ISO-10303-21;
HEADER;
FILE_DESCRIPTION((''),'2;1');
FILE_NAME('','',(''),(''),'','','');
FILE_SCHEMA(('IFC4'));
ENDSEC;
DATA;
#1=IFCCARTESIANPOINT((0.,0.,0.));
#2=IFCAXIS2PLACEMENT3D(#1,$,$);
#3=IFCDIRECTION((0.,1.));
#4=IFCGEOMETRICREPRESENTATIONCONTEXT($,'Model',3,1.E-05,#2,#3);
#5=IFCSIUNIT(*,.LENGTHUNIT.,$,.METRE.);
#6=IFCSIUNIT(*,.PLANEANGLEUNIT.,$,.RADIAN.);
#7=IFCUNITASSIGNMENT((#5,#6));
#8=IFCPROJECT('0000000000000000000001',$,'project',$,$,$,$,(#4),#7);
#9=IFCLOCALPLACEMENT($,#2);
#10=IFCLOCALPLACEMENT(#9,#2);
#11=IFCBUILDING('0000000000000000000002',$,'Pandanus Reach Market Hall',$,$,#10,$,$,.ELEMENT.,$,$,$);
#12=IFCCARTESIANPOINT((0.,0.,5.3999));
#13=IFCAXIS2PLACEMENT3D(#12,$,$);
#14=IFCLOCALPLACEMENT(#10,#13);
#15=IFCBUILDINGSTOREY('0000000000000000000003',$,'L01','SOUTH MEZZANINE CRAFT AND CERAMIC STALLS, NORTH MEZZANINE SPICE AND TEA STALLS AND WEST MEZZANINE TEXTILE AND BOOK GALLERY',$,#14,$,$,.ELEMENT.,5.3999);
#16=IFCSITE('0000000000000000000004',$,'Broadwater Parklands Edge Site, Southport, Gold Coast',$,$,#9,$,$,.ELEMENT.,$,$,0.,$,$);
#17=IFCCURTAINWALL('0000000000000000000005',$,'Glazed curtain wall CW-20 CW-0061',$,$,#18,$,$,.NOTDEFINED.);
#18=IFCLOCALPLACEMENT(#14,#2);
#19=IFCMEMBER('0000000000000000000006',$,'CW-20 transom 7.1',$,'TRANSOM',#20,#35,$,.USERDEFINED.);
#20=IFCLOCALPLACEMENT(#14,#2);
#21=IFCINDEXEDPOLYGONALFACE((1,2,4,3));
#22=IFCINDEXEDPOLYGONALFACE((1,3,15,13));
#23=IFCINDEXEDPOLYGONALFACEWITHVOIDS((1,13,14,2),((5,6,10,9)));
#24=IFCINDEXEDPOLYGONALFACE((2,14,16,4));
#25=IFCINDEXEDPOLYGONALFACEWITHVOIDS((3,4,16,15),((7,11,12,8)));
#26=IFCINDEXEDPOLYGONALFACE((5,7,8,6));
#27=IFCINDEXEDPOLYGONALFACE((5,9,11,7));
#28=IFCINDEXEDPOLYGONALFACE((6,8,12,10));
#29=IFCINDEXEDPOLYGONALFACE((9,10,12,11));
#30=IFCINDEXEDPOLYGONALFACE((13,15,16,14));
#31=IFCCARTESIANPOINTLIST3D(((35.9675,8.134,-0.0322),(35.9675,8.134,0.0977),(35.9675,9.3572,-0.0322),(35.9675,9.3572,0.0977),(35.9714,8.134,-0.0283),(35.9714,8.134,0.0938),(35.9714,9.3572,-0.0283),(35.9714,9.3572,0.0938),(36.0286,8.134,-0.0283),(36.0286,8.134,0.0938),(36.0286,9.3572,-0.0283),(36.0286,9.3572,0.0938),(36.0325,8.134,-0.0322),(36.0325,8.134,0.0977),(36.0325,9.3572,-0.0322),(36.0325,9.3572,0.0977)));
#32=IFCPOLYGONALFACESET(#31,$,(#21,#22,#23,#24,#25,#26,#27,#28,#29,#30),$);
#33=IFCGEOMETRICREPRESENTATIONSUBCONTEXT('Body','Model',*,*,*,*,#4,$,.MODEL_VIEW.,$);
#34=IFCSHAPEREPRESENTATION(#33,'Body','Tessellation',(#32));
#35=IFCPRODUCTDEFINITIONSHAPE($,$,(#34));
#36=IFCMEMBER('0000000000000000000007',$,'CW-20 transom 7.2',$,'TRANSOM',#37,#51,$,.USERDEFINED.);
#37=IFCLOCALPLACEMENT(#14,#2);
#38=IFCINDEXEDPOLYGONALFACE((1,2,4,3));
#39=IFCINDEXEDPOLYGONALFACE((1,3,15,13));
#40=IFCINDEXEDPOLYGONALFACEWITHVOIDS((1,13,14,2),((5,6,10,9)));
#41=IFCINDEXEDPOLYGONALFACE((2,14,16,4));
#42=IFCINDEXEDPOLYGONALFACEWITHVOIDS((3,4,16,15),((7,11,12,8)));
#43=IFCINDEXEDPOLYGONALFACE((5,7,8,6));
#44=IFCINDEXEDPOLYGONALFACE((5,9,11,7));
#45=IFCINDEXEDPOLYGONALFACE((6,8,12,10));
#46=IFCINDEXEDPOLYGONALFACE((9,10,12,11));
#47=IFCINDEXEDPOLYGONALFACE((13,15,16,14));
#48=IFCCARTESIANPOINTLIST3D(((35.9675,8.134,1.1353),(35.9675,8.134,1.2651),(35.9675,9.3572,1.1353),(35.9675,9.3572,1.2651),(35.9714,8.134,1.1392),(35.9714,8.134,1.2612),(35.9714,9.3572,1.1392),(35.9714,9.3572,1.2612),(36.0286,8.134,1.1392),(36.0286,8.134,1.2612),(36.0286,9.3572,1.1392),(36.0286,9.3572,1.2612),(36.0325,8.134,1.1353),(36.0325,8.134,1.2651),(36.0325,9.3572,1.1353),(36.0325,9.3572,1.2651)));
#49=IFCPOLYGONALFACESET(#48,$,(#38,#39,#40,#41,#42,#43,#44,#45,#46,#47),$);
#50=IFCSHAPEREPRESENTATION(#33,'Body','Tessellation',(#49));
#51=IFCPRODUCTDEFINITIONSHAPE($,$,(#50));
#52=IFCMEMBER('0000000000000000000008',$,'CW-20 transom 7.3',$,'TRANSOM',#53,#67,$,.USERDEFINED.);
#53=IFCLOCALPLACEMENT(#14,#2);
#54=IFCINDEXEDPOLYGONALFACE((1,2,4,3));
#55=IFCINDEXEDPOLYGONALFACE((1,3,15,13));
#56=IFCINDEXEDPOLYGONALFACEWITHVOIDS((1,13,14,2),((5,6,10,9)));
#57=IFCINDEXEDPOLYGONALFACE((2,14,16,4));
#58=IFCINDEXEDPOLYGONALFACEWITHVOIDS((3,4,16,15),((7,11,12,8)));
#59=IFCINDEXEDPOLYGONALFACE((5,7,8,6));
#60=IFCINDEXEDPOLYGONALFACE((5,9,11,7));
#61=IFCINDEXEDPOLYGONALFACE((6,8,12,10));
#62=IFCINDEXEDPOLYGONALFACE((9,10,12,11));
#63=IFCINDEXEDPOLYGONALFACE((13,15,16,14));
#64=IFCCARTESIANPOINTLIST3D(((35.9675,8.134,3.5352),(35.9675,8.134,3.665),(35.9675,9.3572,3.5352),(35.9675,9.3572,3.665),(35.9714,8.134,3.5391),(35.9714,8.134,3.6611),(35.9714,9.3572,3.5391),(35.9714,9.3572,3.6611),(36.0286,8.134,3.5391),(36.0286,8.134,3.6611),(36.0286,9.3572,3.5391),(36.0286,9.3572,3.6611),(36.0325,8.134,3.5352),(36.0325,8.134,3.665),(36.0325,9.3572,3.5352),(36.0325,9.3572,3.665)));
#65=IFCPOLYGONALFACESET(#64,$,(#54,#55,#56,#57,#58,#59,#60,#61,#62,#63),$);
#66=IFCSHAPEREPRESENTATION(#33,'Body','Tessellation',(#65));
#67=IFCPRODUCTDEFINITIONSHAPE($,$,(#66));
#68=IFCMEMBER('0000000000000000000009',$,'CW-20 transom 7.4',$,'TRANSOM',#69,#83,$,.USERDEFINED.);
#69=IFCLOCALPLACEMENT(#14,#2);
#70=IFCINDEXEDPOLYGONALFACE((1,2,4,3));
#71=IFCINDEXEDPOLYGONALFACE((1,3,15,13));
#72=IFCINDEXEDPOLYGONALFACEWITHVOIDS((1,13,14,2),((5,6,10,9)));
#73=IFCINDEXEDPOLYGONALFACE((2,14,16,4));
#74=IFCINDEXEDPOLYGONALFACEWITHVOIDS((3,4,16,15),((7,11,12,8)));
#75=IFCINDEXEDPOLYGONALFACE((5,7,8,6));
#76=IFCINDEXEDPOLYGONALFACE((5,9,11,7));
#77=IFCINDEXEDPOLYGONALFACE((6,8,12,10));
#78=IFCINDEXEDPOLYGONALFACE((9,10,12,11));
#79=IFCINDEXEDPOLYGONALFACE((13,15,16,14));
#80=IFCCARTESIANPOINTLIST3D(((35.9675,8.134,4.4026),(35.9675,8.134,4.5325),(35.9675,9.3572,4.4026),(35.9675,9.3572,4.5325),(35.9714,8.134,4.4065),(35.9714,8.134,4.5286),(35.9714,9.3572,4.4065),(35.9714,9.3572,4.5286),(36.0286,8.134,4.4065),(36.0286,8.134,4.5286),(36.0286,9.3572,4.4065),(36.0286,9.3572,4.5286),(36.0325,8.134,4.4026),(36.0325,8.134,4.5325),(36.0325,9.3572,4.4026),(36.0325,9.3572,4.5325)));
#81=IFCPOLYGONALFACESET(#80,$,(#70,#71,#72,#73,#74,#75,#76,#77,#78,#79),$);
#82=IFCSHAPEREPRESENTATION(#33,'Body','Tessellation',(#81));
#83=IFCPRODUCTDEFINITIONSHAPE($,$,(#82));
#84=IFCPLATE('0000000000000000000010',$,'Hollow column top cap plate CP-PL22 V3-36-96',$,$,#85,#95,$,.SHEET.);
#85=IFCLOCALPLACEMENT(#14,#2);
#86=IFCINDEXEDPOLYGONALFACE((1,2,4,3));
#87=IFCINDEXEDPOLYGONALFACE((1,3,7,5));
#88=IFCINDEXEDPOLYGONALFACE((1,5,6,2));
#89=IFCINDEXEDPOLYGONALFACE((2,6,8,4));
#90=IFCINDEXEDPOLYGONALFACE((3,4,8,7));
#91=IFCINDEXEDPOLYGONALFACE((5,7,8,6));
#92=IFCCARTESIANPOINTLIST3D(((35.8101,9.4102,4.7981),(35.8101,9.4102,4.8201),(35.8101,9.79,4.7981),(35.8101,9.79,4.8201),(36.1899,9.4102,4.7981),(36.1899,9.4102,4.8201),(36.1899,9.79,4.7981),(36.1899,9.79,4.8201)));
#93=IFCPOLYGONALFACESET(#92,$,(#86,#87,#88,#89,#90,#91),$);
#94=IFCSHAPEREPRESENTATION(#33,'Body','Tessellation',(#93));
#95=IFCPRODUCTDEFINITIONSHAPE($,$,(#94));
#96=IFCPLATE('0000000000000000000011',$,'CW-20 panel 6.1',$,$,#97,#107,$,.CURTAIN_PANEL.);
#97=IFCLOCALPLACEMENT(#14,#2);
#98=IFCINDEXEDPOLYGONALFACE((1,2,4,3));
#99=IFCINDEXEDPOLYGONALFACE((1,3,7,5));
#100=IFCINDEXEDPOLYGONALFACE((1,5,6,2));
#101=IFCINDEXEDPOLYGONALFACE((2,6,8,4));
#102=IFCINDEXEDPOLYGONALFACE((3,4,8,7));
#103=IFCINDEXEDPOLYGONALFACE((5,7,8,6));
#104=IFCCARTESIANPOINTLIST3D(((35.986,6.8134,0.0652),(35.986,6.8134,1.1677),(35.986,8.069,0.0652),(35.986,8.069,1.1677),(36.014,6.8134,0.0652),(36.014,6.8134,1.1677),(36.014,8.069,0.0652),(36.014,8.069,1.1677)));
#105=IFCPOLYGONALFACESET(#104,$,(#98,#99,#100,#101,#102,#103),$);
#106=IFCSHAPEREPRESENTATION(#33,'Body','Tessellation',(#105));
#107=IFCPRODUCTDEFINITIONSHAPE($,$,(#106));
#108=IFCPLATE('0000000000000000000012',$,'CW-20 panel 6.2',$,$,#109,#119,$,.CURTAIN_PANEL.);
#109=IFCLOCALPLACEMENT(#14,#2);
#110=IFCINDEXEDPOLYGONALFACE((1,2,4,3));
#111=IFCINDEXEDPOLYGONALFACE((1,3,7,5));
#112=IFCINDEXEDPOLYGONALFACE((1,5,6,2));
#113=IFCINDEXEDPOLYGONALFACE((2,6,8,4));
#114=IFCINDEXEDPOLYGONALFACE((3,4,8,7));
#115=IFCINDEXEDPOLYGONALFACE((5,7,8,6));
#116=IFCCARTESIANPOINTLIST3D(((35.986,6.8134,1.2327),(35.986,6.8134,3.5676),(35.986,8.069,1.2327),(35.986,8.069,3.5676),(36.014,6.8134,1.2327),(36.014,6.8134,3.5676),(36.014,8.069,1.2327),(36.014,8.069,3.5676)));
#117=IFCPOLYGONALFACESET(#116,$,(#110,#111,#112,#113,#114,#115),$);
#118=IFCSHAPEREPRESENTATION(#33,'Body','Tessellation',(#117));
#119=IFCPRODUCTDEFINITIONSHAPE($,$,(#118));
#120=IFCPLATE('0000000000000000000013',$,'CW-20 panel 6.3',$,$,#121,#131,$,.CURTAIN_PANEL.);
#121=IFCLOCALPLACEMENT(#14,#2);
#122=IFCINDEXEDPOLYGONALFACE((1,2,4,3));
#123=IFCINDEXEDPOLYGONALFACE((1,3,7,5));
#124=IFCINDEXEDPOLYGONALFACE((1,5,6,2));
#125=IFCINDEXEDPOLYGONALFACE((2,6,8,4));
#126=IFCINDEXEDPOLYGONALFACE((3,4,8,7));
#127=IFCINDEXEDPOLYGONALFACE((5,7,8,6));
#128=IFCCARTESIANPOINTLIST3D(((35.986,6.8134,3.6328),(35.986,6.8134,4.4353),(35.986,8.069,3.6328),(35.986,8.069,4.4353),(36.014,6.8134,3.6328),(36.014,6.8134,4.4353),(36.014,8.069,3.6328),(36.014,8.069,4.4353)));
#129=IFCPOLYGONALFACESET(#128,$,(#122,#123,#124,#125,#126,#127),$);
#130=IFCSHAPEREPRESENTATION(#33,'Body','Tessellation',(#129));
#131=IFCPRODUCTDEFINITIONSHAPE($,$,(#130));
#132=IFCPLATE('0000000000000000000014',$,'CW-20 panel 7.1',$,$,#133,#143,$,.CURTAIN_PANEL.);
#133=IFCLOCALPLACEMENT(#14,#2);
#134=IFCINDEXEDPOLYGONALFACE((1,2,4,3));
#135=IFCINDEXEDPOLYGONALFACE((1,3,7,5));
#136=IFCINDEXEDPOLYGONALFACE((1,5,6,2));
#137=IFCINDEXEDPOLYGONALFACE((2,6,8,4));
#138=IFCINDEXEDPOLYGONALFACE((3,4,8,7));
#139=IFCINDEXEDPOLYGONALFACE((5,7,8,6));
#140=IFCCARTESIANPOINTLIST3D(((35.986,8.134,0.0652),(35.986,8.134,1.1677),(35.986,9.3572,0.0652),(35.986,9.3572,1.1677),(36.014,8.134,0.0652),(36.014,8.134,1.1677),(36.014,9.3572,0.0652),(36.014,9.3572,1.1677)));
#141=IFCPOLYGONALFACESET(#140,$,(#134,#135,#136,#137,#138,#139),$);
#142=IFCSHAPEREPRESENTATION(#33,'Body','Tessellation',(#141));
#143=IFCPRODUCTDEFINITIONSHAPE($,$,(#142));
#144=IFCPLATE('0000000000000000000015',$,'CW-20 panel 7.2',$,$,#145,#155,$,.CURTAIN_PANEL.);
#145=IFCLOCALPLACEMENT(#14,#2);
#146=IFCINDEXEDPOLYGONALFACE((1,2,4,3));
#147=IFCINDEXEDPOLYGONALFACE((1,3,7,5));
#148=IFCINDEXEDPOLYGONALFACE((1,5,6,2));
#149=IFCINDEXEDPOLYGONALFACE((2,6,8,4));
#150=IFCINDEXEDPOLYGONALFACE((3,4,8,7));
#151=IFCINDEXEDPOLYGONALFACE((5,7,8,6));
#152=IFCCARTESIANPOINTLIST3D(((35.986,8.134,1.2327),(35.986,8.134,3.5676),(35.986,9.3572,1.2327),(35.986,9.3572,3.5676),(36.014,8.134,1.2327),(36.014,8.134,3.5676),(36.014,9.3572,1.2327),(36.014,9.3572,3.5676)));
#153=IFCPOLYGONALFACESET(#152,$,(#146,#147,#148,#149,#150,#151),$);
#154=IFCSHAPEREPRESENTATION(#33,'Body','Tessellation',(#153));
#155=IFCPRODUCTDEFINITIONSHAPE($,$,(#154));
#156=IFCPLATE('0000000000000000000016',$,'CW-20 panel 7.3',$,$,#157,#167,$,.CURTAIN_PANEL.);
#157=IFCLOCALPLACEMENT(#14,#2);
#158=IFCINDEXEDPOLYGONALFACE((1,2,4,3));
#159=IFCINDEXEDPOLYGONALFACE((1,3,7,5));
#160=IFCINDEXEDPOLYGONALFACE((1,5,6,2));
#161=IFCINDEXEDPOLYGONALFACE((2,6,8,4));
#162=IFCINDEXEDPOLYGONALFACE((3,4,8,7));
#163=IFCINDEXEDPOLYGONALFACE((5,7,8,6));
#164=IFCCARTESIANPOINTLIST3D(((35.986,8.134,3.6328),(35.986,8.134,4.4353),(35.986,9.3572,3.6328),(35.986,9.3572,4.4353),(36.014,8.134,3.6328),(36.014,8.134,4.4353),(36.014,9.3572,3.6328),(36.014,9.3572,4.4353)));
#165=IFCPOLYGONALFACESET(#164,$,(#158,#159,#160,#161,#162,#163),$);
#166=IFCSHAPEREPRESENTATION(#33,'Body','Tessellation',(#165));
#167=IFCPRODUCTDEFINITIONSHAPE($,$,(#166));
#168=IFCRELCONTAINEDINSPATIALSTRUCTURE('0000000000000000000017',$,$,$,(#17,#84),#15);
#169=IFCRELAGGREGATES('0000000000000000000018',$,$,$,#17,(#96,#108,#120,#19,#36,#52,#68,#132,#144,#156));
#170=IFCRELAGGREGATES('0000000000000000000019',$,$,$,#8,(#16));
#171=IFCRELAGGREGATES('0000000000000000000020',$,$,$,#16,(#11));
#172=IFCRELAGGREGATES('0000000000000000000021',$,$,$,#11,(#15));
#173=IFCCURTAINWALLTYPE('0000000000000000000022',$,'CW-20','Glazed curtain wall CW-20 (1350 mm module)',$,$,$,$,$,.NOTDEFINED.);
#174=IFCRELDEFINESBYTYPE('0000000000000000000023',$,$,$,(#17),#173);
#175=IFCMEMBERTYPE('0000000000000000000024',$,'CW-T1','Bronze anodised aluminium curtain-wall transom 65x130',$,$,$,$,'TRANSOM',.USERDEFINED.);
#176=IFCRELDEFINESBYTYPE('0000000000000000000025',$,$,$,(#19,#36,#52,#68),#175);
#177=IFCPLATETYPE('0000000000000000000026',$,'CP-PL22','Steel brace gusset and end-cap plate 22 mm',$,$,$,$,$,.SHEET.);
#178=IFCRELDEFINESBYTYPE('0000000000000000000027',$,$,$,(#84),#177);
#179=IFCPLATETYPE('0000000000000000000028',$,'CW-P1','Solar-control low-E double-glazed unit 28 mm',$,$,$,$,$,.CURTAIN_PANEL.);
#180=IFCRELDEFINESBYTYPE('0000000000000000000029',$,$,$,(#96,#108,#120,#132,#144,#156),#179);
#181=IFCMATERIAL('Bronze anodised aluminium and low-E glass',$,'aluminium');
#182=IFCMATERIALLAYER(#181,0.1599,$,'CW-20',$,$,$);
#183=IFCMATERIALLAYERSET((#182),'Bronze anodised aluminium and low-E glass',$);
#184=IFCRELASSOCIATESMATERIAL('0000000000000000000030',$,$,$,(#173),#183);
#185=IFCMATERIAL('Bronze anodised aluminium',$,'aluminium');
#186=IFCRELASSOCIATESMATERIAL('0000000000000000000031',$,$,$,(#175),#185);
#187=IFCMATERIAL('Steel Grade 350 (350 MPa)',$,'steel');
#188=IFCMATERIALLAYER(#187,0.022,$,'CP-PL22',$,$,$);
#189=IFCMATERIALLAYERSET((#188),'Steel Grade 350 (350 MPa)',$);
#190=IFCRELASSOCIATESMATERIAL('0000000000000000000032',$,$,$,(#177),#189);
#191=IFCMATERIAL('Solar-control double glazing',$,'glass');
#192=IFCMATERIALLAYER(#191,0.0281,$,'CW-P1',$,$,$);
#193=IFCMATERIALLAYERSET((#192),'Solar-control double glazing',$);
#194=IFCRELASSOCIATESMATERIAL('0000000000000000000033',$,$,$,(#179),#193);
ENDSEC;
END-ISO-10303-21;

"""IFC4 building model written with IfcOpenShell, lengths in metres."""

from ifc_helpers import new_model, si_unit, direction, frame, origin, origin_2d, place, context, subcontext, project, spatial, rectangle, hollow_rectangle, extrude, material, layer, layer_set, material_profile, profile_set, type_object, element, aggregate, save


model = new_model("IFC4")

# Units and contexts
model_context = context("Model", 3, precision=1e-05, world=origin(), true_north=direction((0.0, 1.0)))
body_context = subcontext(model_context, "Body", "Model", "MODEL_VIEW")
ifc_project = project(units=[si_unit("LENGTHUNIT", "METRE"), si_unit("PLANEANGLEUNIT", "RADIAN")], contexts=[model_context])

# Site, building, storey
site_placement = place(None, origin())
site = spatial("IfcSite", under=ifc_project, at=site_placement, Name="Broadwater Parklands Edge Site, Southport, Gold Coast", CompositionType="ELEMENT", RefElevation=0.0)
building_placement = place(site_placement, origin())
building = spatial("IfcBuilding", under=site, at=building_placement, Name="Pandanus Reach Market Hall", CompositionType="ELEMENT")
storey_placement = place(building_placement, frame((0.0, 0.0, 5.3999)))
storey = spatial("IfcBuildingStorey", under=building, at=storey_placement, Name="L01", Description="SOUTH MEZZANINE CRAFT AND CERAMIC STALLS, NORTH MEZZANINE SPICE AND TEA STALLS AND WEST MEZZANINE TEXTILE AND BOOK GALLERY", CompositionType="ELEMENT", Elevation=5.3999)

# Shared definitions
ifc_material_1 = material(Name="Steel Grade 350 (350 MPa)", Category="steel")

# Curtain wall, members
ifc_material_2 = material(Name="Bronze anodised aluminium and low-E glass", Category="aluminium")
ifc_layer_1 = layer(ifc_material_2, 0.1599, Name="CW-20")
ifc_layer_set_1 = layer_set([ifc_layer_1], Name="Bronze anodised aluminium and low-E glass")
curtain_wall_type = type_object("IfcCurtainWallType", Name="CW-20", Description="Glazed curtain wall CW-20 (1350 mm module)", PredefinedType="NOTDEFINED", material=ifc_layer_set_1)
curtain_wall_placement = place(storey_placement, origin())
curtain_wall = element("IfcCurtainWall", 1, at=curtain_wall_placement, inside=storey, type_object=curtain_wall_type, Name="Glazed curtain wall CW-20 CW-0061", PredefinedType="NOTDEFINED")
ifc_material_3 = material(Name="Bronze anodised aluminium", Category="aluminium")
ifc_material_profile_1 = material_profile(ifc_material_3, hollow_rectangle(XDim=0.0649, YDim=0.1299, WallThickness=0.0039, at=origin_2d()), Name="ALU65x130", Category="LoadBearing")
ifc_profile_set_1 = profile_set([ifc_material_profile_1], Name="Bronze anodised aluminium")
member_type_1 = type_object("IfcMemberType", Name="CW-T1", Description="Bronze anodised aluminium curtain-wall transom 65x130", ElementType="TRANSOM", PredefinedType="USERDEFINED", material=ifc_profile_set_1)
member_1_placement = place(storey_placement, frame((36.0, 8.134, 0.0327), z_axis=(0.0, 1.0, 0.0), x_axis=(-1.0, 0.0, 0.0)))
member_1 = element("IfcMember", 2, at=member_1_placement, type_object=member_type_1, Name="CW-20 transom 7.1", ObjectType="TRANSOM", PredefinedType="USERDEFINED", context=body_context, shape_type="SweptSolid", body=[
    extrude(hollow_rectangle(XDim=0.0649, YDim=0.1299, WallThickness=0.0039, at=origin_2d()), origin(), (0.0, 0.0, 1.0), 1.2231),
])
member_2_placement = place(storey_placement, frame((36.0, 8.134, 1.2002), z_axis=(0.0, 1.0, 0.0), x_axis=(-1.0, 0.0, 0.0)))
member_2 = element("IfcMember", 3, at=member_2_placement, type_object=member_type_1, Name="CW-20 transom 7.2", ObjectType="TRANSOM", PredefinedType="USERDEFINED", context=body_context, shape_type="SweptSolid", body=[
    extrude(hollow_rectangle(XDim=0.0649, YDim=0.1299, WallThickness=0.0039, at=origin_2d()), origin(), (0.0, 0.0, 1.0), 1.2231),
])
member_3_placement = place(storey_placement, frame((36.0, 8.134, 3.6001), z_axis=(0.0, 1.0, 0.0), x_axis=(-1.0, 0.0, 0.0)))
member_3 = element("IfcMember", 4, at=member_3_placement, type_object=member_type_1, Name="CW-20 transom 7.3", ObjectType="TRANSOM", PredefinedType="USERDEFINED", context=body_context, shape_type="SweptSolid", body=[
    extrude(hollow_rectangle(XDim=0.0649, YDim=0.1299, WallThickness=0.0039, at=origin_2d()), origin(), (0.0, 0.0, 1.0), 1.2231),
])
member_4_placement = place(storey_placement, frame((36.0, 8.134, 4.4675), z_axis=(0.0, 1.0, 0.0), x_axis=(-1.0, 0.0, 0.0)))
member_4 = element("IfcMember", 5, at=member_4_placement, type_object=member_type_1, Name="CW-20 transom 7.4", ObjectType="TRANSOM", PredefinedType="USERDEFINED", context=body_context, shape_type="SweptSolid", body=[
    extrude(hollow_rectangle(XDim=0.0649, YDim=0.1299, WallThickness=0.0039, at=origin_2d()), origin(), (0.0, 0.0, 1.0), 1.2231),
])

# Plates
ifc_layer_2 = layer(ifc_material_1, 0.022, Name="CP-PL22")
ifc_layer_set_2 = layer_set([ifc_layer_2], Name="Steel Grade 350 (350 MPa)")
plate_type_1 = type_object("IfcPlateType", Name="CP-PL22", Description="Steel brace gusset and end-cap plate 22 mm", PredefinedType="SHEET", material=ifc_layer_set_2)
plate_1_placement = place(storey_placement, frame((36.0, 9.6001, 4.7981), z_axis=(0.0, 0.0, 1.0), x_axis=(1.0, 0.0, 0.0)))
element("IfcPlate", 6, at=plate_1_placement, inside=storey, type_object=plate_type_1, Name="Hollow column top cap plate CP-PL22 V3-36-96", PredefinedType="SHEET", context=body_context, shape_type="SweptSolid", body=[
    extrude(rectangle(XDim=0.3799, YDim=0.3799, at=origin_2d()), origin(), (0.0, 0.0, 1.0), 0.022),
])
ifc_material_4 = material(Name="Solar-control double glazing", Category="glass")
ifc_layer_3 = layer(ifc_material_4, 0.0281, Name="CW-P1")
ifc_layer_set_3 = layer_set([ifc_layer_3], Name="Solar-control double glazing")
plate_type_2 = type_object("IfcPlateType", Name="CW-P1", Description="Solar-control low-E double-glazed unit 28 mm", PredefinedType="CURTAIN_PANEL", material=ifc_layer_set_3)
plate_2_placement = place(storey_placement, frame((36.0, 7.4412, 0.0652), z_axis=(0.0, 0.0, 1.0), x_axis=(0.0, 1.0, 0.0)))
plate_2 = element("IfcPlate", 7, at=plate_2_placement, type_object=plate_type_2, Name="CW-20 panel 6.1", PredefinedType="CURTAIN_PANEL", context=body_context, shape_type="SweptSolid", body=[
    extrude(rectangle(XDim=1.2556, YDim=0.0281, at=origin_2d()), origin(), (0.0, 0.0, 1.0), 1.1025),
])
plate_3_placement = place(storey_placement, frame((36.0, 7.4412, 1.2327), z_axis=(0.0, 0.0, 1.0), x_axis=(0.0, 1.0, 0.0)))
plate_3 = element("IfcPlate", 8, at=plate_3_placement, type_object=plate_type_2, Name="CW-20 panel 6.2", PredefinedType="CURTAIN_PANEL", context=body_context, shape_type="SweptSolid", body=[
    extrude(rectangle(XDim=1.2556, YDim=0.0281, at=origin_2d()), origin(), (0.0, 0.0, 1.0), 2.335),
])
plate_4_placement = place(storey_placement, frame((36.0, 7.4412, 3.6328), z_axis=(0.0, 0.0, 1.0), x_axis=(0.0, 1.0, 0.0)))
plate_4 = element("IfcPlate", 9, at=plate_4_placement, type_object=plate_type_2, Name="CW-20 panel 6.3", PredefinedType="CURTAIN_PANEL", context=body_context, shape_type="SweptSolid", body=[
    extrude(rectangle(XDim=1.2556, YDim=0.0281, at=origin_2d()), origin(), (0.0, 0.0, 1.0), 0.8025),
])
plate_5_placement = place(storey_placement, frame((36.0, 8.7456, 0.0652), z_axis=(0.0, 0.0, 1.0), x_axis=(0.0, 1.0, 0.0)))
plate_5 = element("IfcPlate", 10, at=plate_5_placement, type_object=plate_type_2, Name="CW-20 panel 7.1", PredefinedType="CURTAIN_PANEL", context=body_context, shape_type="SweptSolid", body=[
    extrude(rectangle(XDim=1.2231, YDim=0.0281, at=origin_2d()), origin(), (0.0, 0.0, 1.0), 1.1025),
])
plate_6_placement = place(storey_placement, frame((36.0, 8.7456, 1.2327), z_axis=(0.0, 0.0, 1.0), x_axis=(0.0, 1.0, 0.0)))
plate_6 = element("IfcPlate", 11, at=plate_6_placement, type_object=plate_type_2, Name="CW-20 panel 7.2", PredefinedType="CURTAIN_PANEL", context=body_context, shape_type="SweptSolid", body=[
    extrude(rectangle(XDim=1.2231, YDim=0.0281, at=origin_2d()), origin(), (0.0, 0.0, 1.0), 2.335),
])
plate_7_placement = place(storey_placement, frame((36.0, 8.7456, 3.6328), z_axis=(0.0, 0.0, 1.0), x_axis=(0.0, 1.0, 0.0)))
plate_7 = element("IfcPlate", 12, at=plate_7_placement, type_object=plate_type_2, Name="CW-20 panel 7.3", PredefinedType="CURTAIN_PANEL", context=body_context, shape_type="SweptSolid", body=[
    extrude(rectangle(XDim=1.2231, YDim=0.0281, at=origin_2d()), origin(), (0.0, 0.0, 1.0), 0.8025),
])
aggregate(curtain_wall, [plate_2, plate_3, plate_4, member_1, member_2, member_3, member_4, plate_5, plate_6, plate_7])

save(model, "model.ifc")
